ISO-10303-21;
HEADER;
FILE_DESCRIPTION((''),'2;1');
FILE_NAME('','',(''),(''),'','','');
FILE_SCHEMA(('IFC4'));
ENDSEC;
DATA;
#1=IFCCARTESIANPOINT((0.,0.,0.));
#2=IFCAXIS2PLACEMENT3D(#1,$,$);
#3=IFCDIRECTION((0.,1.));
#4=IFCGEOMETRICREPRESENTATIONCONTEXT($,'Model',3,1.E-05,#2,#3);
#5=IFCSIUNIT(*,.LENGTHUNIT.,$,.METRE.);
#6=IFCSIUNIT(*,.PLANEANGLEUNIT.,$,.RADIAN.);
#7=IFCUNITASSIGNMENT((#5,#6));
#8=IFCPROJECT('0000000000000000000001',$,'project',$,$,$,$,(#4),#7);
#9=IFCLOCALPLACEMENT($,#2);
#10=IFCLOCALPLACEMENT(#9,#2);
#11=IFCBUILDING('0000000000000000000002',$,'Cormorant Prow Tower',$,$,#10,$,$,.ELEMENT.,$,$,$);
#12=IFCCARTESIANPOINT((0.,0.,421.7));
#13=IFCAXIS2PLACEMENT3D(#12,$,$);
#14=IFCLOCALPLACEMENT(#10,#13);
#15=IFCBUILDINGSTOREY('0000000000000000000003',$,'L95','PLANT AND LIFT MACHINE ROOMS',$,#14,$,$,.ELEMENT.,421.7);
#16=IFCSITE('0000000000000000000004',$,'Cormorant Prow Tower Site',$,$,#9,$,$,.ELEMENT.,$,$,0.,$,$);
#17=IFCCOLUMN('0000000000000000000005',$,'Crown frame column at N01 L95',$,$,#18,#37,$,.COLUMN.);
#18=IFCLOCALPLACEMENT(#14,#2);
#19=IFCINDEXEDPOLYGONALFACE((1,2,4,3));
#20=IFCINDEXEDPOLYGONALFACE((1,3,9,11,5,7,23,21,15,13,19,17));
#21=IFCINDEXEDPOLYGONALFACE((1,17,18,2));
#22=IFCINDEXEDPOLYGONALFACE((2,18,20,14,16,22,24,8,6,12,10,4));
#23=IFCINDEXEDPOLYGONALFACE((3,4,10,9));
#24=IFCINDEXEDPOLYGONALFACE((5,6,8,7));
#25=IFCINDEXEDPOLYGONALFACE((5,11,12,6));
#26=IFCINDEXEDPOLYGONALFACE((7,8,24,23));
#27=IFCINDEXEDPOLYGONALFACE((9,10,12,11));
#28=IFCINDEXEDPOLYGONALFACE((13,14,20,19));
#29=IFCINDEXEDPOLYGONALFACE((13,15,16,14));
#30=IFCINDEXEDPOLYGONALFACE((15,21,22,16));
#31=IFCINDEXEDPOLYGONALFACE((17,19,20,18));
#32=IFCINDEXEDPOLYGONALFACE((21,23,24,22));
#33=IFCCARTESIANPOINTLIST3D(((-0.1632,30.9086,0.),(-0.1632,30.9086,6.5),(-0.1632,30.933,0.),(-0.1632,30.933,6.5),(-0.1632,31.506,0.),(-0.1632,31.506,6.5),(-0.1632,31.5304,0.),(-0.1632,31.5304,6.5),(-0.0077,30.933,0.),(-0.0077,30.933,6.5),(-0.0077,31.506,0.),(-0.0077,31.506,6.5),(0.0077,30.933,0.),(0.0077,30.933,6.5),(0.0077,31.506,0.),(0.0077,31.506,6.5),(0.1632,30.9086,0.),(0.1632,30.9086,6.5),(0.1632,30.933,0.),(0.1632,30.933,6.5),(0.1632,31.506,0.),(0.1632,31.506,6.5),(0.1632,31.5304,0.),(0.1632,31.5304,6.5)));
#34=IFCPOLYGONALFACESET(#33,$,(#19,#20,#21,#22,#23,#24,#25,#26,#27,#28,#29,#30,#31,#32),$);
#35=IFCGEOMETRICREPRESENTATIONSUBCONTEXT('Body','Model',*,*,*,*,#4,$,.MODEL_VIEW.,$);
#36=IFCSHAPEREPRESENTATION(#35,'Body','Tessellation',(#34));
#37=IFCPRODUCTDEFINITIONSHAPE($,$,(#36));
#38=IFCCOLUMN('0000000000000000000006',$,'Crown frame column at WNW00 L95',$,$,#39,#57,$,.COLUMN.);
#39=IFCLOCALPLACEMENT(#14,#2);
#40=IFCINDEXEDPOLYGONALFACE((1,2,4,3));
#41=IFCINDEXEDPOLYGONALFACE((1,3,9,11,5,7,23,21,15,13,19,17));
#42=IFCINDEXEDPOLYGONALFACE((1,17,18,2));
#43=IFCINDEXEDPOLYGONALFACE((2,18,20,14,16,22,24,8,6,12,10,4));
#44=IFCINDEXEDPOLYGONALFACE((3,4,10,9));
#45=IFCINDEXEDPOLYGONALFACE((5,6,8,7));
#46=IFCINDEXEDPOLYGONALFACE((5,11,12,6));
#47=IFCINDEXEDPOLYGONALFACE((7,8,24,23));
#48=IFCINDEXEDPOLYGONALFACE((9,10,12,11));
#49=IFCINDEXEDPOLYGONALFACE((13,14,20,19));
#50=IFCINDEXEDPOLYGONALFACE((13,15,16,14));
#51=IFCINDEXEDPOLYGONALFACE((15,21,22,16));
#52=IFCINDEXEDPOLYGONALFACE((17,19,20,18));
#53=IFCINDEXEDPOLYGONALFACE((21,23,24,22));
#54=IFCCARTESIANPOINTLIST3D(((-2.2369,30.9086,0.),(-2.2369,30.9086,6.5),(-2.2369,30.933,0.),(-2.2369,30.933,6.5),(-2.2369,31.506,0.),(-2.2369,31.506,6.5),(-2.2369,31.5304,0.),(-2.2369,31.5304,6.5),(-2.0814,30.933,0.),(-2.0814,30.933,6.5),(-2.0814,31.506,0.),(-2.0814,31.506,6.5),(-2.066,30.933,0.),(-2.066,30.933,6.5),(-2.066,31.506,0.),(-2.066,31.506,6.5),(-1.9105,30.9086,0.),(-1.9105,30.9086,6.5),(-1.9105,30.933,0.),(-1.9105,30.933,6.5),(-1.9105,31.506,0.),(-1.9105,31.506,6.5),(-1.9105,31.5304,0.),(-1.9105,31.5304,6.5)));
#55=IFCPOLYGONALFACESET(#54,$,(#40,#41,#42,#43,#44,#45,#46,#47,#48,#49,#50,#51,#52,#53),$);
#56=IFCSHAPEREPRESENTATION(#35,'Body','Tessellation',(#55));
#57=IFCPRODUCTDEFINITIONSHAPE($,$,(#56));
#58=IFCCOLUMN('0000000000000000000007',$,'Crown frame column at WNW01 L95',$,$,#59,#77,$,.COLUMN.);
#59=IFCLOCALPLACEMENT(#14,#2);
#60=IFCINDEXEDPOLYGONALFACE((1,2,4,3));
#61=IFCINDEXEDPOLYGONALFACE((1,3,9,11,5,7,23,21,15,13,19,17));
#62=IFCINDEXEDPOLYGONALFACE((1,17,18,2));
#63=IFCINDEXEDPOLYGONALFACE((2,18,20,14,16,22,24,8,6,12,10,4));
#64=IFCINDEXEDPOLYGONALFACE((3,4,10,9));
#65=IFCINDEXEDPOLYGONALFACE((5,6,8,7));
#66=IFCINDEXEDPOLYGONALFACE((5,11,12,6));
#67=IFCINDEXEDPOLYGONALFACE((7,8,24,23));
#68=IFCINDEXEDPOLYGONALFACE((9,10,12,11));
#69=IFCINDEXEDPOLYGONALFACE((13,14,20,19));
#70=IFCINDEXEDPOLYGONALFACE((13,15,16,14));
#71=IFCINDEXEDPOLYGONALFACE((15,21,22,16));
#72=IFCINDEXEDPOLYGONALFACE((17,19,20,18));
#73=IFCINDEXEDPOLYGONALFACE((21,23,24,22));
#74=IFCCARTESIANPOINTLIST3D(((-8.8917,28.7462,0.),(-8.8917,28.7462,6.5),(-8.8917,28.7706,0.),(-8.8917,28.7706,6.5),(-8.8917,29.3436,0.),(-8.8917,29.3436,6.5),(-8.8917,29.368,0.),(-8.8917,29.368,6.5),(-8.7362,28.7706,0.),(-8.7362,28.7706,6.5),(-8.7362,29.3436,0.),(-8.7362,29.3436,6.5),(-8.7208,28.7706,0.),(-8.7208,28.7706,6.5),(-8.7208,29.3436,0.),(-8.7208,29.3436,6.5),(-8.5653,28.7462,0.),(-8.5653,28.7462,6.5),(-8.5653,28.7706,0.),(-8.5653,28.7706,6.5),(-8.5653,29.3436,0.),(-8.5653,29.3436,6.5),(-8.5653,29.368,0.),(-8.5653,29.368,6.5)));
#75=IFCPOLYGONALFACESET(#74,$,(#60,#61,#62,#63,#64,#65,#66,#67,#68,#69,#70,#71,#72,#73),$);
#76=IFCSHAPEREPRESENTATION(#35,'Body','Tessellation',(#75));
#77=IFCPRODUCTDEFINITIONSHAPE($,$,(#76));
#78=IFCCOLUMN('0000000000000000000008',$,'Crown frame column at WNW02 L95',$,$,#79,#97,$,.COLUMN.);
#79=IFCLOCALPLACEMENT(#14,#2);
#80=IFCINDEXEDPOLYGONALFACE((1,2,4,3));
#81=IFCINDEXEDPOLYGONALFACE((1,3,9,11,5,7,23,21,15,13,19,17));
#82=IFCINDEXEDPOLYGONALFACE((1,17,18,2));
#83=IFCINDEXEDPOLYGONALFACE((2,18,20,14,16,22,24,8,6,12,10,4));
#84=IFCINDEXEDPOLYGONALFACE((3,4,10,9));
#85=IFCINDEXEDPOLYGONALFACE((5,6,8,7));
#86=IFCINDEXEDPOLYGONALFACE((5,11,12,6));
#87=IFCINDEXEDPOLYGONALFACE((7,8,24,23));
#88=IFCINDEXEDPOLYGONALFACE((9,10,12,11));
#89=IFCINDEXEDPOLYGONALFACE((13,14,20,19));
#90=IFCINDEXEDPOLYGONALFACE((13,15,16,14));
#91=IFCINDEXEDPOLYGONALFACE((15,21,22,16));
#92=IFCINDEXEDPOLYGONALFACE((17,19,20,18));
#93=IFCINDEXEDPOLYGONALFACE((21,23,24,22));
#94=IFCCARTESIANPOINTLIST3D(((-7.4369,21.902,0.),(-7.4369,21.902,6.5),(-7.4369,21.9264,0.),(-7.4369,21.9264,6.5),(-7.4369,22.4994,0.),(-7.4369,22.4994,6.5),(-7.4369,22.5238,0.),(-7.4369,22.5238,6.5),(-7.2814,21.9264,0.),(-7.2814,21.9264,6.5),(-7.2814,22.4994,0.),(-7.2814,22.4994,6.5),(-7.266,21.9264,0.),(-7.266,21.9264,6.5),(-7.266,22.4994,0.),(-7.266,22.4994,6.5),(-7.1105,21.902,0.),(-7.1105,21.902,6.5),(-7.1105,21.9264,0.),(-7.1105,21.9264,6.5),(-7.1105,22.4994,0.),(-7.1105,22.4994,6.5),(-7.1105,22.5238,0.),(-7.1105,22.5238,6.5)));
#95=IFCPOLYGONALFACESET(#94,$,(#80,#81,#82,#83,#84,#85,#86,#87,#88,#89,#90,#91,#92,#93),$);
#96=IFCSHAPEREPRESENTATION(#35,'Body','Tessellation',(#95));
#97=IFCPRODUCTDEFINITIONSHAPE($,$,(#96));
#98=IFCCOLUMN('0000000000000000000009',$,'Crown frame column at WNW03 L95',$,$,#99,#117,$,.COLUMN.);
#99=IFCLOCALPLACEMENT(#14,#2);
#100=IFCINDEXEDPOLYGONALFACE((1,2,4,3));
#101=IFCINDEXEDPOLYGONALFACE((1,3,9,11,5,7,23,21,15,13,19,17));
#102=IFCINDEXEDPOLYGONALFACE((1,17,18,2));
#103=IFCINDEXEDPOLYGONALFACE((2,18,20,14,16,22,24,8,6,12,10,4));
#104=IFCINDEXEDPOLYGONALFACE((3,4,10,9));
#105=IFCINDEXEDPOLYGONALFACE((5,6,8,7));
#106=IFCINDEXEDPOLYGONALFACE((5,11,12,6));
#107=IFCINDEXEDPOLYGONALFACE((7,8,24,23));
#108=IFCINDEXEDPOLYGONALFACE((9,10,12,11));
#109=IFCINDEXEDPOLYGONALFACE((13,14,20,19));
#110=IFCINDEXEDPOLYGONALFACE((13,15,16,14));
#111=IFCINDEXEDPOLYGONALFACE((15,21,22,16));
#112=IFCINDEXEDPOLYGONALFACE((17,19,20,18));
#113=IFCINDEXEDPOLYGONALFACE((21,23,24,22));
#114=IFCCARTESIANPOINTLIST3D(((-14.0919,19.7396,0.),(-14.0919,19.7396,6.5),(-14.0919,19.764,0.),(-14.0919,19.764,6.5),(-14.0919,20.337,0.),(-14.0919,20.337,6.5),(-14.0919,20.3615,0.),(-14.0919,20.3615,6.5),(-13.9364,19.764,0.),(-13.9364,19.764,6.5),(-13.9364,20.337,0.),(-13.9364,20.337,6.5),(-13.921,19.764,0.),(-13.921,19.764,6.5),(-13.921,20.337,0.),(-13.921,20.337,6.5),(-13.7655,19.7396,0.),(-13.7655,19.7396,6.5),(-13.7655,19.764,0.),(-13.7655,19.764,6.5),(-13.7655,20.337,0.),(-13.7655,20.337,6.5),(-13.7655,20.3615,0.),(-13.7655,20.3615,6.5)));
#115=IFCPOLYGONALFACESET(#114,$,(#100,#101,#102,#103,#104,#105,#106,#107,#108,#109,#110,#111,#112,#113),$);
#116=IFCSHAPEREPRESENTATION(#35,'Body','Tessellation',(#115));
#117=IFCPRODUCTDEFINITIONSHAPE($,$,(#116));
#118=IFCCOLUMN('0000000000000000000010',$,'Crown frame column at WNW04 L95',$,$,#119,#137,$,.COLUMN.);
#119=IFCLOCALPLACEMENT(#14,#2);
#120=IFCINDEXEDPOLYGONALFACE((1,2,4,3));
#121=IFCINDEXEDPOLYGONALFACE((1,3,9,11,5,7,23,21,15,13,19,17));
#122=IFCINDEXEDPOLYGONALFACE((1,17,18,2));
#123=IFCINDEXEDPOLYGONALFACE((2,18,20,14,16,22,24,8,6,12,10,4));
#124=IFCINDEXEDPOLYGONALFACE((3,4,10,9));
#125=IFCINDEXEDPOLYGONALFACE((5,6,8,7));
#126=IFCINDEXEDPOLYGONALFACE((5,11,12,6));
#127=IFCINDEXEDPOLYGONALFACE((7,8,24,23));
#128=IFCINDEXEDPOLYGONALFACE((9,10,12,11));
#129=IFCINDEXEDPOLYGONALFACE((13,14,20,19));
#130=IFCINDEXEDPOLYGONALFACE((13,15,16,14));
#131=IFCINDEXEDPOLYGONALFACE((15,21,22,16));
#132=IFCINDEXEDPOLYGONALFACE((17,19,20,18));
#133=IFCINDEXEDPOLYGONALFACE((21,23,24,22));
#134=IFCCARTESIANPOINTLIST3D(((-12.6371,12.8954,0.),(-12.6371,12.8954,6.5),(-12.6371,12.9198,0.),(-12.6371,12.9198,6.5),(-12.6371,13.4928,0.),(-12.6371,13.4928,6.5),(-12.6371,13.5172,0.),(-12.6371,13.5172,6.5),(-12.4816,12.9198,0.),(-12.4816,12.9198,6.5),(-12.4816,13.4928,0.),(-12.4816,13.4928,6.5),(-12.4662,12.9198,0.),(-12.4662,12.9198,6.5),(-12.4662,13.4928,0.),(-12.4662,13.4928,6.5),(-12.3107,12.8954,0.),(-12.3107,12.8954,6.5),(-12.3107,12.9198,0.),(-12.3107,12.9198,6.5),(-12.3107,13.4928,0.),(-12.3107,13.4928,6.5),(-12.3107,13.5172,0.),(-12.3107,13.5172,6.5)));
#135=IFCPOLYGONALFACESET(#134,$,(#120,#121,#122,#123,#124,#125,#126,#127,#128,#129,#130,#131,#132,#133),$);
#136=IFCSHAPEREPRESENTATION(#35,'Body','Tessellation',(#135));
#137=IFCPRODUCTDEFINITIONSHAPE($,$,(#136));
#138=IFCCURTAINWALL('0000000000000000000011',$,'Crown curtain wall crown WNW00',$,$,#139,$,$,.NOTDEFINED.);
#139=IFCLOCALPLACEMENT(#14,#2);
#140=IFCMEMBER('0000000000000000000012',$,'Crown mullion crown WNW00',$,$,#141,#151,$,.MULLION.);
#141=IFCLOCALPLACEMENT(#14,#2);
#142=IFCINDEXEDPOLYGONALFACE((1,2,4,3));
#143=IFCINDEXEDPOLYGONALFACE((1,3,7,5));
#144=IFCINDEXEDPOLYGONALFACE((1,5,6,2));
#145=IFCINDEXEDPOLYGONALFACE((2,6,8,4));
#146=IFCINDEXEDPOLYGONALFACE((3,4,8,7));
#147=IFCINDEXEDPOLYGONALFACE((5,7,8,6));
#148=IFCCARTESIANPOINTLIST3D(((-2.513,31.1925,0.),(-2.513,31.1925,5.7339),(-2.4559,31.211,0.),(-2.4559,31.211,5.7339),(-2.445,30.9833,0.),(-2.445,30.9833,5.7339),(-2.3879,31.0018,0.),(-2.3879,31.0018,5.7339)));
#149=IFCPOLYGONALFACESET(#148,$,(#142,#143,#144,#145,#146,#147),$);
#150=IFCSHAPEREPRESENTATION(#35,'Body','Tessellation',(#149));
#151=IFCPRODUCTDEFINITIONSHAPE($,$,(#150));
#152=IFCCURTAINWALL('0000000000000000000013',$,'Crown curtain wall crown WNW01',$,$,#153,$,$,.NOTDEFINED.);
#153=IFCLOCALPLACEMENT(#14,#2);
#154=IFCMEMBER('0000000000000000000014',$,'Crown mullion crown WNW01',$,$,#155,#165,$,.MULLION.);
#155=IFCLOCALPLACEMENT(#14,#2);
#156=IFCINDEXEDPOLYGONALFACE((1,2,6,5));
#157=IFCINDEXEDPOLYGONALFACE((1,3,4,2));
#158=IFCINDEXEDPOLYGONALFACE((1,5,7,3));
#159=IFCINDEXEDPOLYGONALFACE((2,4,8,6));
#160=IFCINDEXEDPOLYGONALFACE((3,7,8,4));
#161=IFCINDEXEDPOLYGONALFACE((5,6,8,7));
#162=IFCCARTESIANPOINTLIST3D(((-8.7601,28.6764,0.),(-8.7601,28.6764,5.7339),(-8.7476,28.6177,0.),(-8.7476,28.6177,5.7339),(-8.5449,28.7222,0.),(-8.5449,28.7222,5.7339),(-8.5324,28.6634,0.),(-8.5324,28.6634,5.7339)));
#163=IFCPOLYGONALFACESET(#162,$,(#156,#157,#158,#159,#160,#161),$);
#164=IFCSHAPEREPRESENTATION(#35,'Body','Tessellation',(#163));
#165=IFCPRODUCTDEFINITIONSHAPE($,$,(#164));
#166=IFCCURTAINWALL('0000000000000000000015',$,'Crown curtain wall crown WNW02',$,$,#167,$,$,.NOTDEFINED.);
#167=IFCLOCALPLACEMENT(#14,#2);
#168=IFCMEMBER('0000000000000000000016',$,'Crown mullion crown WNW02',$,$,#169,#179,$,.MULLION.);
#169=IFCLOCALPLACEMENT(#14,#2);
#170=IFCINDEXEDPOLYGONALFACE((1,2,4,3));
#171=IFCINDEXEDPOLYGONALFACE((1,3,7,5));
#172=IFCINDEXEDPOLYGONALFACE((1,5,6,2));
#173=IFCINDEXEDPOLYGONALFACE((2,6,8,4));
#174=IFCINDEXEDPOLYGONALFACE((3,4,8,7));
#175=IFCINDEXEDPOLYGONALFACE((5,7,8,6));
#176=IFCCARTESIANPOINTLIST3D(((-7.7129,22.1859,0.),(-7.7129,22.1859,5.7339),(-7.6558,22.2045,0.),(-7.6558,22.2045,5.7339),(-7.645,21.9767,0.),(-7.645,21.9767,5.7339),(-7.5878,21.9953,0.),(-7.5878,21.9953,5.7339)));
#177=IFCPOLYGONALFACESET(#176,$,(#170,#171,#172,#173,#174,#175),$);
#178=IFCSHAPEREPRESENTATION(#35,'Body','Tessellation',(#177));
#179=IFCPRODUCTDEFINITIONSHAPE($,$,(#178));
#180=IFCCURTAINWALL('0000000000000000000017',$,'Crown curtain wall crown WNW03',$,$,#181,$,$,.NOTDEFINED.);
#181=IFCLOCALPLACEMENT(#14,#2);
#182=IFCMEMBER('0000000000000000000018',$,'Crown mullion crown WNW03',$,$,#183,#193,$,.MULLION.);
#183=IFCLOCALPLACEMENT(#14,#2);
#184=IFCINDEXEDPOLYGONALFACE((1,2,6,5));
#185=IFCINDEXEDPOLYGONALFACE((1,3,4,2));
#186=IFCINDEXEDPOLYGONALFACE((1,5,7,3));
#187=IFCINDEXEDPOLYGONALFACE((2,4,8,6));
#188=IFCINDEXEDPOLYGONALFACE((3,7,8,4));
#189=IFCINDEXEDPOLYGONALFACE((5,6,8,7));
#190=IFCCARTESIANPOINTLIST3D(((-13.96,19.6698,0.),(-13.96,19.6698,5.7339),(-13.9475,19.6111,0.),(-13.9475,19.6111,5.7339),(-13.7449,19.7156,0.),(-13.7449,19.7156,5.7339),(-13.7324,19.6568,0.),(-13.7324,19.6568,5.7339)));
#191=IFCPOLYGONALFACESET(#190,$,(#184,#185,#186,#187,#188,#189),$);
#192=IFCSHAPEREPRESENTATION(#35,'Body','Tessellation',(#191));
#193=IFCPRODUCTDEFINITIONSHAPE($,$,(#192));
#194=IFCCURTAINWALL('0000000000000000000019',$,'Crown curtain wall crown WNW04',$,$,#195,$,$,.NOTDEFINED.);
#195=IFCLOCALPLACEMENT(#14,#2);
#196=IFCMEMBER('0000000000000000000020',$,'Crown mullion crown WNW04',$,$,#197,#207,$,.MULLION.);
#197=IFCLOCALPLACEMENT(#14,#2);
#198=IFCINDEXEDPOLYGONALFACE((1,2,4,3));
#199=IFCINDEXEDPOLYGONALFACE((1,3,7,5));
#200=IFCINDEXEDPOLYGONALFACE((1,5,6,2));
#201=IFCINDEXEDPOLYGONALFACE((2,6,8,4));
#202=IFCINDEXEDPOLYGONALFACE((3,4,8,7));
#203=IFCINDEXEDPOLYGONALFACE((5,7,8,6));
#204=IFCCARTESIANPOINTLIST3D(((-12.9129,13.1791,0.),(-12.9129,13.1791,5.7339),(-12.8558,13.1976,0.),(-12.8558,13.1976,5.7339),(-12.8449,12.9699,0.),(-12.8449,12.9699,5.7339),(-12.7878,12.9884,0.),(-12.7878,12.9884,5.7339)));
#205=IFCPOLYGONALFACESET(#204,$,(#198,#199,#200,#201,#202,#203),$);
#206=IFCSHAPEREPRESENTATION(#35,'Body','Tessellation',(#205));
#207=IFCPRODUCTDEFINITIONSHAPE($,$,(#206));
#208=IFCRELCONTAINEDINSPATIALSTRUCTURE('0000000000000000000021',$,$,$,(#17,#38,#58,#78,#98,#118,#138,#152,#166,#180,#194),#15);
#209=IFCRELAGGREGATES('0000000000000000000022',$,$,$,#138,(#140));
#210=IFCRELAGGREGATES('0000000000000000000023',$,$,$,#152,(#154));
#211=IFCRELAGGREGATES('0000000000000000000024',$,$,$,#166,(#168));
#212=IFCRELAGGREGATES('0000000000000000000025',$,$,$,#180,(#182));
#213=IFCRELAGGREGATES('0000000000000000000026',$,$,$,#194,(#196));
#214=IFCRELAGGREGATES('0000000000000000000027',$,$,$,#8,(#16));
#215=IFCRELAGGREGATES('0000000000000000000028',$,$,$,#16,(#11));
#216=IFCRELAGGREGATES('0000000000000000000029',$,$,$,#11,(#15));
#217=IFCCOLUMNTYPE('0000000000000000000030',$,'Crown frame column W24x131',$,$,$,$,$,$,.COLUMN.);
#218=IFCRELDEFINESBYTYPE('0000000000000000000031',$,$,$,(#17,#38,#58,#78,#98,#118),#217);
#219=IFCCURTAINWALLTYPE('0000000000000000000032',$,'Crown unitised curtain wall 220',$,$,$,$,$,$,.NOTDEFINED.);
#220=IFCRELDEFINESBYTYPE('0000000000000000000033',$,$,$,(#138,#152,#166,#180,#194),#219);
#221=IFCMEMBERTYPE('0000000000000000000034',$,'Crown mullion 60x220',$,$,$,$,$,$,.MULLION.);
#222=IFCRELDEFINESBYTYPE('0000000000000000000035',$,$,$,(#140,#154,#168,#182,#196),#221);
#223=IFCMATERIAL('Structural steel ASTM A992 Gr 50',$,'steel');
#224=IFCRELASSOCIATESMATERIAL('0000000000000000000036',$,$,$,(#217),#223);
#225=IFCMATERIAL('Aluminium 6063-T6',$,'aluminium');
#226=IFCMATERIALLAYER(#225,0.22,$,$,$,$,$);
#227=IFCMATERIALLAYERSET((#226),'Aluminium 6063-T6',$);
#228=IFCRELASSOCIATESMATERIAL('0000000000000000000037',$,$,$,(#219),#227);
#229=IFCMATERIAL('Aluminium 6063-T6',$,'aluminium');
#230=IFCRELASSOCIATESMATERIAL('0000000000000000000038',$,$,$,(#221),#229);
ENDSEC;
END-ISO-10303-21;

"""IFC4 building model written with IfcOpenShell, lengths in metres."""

from ifc_helpers import new_model, si_unit, direction, frame, origin, origin_2d, place, context, subcontext, project, spatial, rectangle, i_section, extrude, material, layer, layer_set, material_profile, profile_set, type_object, element, aggregate, save


model = new_model("IFC4")

# Units and contexts
model_context = context("Model", 3, precision=1e-05, world=origin(), true_north=direction((0.0, 1.0)))
body_context = subcontext(model_context, "Body", "Model", "MODEL_VIEW")
ifc_project = project(units=[si_unit("LENGTHUNIT", "METRE"), si_unit("PLANEANGLEUNIT", "RADIAN")], contexts=[model_context])

# Site, building, storey
site_placement = place(None, origin())
site = spatial("IfcSite", under=ifc_project, at=site_placement, Name="Cormorant Prow Tower Site", CompositionType="ELEMENT", RefElevation=0.0)
building_placement = place(site_placement, origin())
building = spatial("IfcBuilding", under=site, at=building_placement, Name="Cormorant Prow Tower", CompositionType="ELEMENT")
storey_placement = place(building_placement, frame((0.0, 0.0, 421.7)))
storey = spatial("IfcBuildingStorey", under=building, at=storey_placement, Name="L95", Description="PLANT AND LIFT MACHINE ROOMS", CompositionType="ELEMENT", Elevation=421.7)

# Columns
ifc_material_1 = material(Name="Structural steel ASTM A992 Gr 50", Category="steel")
ifc_material_profile_1 = material_profile(ifc_material_1, i_section(OverallWidth=0.3264, OverallDepth=0.6218, WebThickness=0.0154, FlangeThickness=0.0244, at=origin_2d()), Name="W24x131")
ifc_profile_set_1 = profile_set([ifc_material_profile_1], Name="Structural steel ASTM A992 Gr 50")
column_type = type_object("IfcColumnType", Name="Crown frame column W24x131", PredefinedType="COLUMN", material=ifc_profile_set_1)
for number, where, z_axis, x_axis, name in (
    (1, (0.0, 31.2195, 0.0), (0.0, 0.0, 1.0), (1.0, 0.0, 0.0), "Crown frame column at N01 L95"),
    (2, (-2.0737, 31.2195, 0.0), (0.0, 0.0, 1.0), (1.0, 0.0, 0.0), "Crown frame column at WNW00 L95"),
    (3, (-8.7285, 29.0571, 0.0), (0.0, 0.0, 1.0), (1.0, 0.0, 0.0), "Crown frame column at WNW01 L95"),
    (4, (-7.2737, 22.2129, 0.0), (0.0, 0.0, 1.0), (1.0, 0.0, 0.0), "Crown frame column at WNW02 L95"),
    (5, (-13.9287, 20.0505, 0.0), (0.0, 0.0, 1.0), (1.0, 0.0, 0.0), "Crown frame column at WNW03 L95"),
    (6, (-12.4739, 13.2063, 0.0), (0.0, 0.0, 1.0), (1.0, 0.0, 0.0), "Crown frame column at WNW04 L95"),
):
    element("IfcColumn", number, at=place(storey_placement, frame(where, z_axis=z_axis, x_axis=x_axis)), inside=storey, type_object=column_type, Name=name, PredefinedType="COLUMN", context=body_context, shape_type="SweptSolid", body=[
        extrude(i_section(OverallWidth=0.3264, OverallDepth=0.6218, WebThickness=0.0154, FlangeThickness=0.0244, at=origin_2d()), origin(), (0.0, 0.0, 1.0), 6.5),
    ])

# Curtain walls, members
ifc_material_2 = material(Name="Aluminium 6063-T6", Category="aluminium")
ifc_layer_1 = layer(ifc_material_2, 0.22)
ifc_layer_set_1 = layer_set([ifc_layer_1], Name="Aluminium 6063-T6")
curtain_wall_type = type_object("IfcCurtainWallType", Name="Crown unitised curtain wall 220", PredefinedType="NOTDEFINED", material=ifc_layer_set_1)
curtain_wall_1_placement = place(storey_placement, origin())
curtain_wall_1 = element("IfcCurtainWall", 7, at=curtain_wall_1_placement, inside=storey, type_object=curtain_wall_type, Name="Crown curtain wall crown WNW00", PredefinedType="NOTDEFINED")
ifc_material_3 = material(Name="Aluminium 6063-T6", Category="aluminium")
ifc_material_profile_2 = material_profile(ifc_material_3, rectangle(XDim=0.22, YDim=0.0601, at=origin_2d()), Name="Crown mullion 60x220")
ifc_profile_set_2 = profile_set([ifc_material_profile_2], Name="Aluminium 6063-T6")
member_type_1 = type_object("IfcMemberType", Name="Crown mullion 60x220", PredefinedType="MULLION", material=ifc_profile_set_2)
member_1_placement = place(storey_placement, frame((-2.4504, 31.0972, 0.0), z_axis=(0.0, 0.0, 1.0), x_axis=(0.309017, -0.951056, 0.0)))
member_1 = element("IfcMember", 8, at=member_1_placement, type_object=member_type_1, Name="Crown mullion crown WNW00", PredefinedType="MULLION", context=body_context, shape_type="SweptSolid", body=[
    extrude(rectangle(XDim=0.22, YDim=0.0601, at=origin_2d()), origin(), (0.0, 0.0, 1.0), 5.7339),
])
curtain_wall_2_placement = place(storey_placement, origin())
curtain_wall_2 = element("IfcCurtainWall", 9, at=curtain_wall_2_placement, inside=storey, type_object=curtain_wall_type, Name="Crown curtain wall crown WNW01", PredefinedType="NOTDEFINED")
member_2_placement = place(storey_placement, frame((-8.6462, 28.6699, 0.0), z_axis=(0.0, 0.0, 1.0), x_axis=(0.978148, 0.207912, 0.0)))
member_2 = element("IfcMember", 10, at=member_2_placement, type_object=member_type_1, Name="Crown mullion crown WNW01", PredefinedType="MULLION", context=body_context, shape_type="SweptSolid", body=[
    extrude(rectangle(XDim=0.22, YDim=0.0601, at=origin_2d()), origin(), (0.0, 0.0, 1.0), 5.7339),
])
curtain_wall_3_placement = place(storey_placement, origin())
curtain_wall_3 = element("IfcCurtainWall", 11, at=curtain_wall_3_placement, inside=storey, type_object=curtain_wall_type, Name="Crown curtain wall crown WNW02", PredefinedType="NOTDEFINED")
member_3_placement = place(storey_placement, frame((-7.6504, 22.0906, 0.0), z_axis=(0.0, 0.0, 1.0), x_axis=(0.309017, -0.951057, 0.0)))
member_3 = element("IfcMember", 12, at=member_3_placement, type_object=member_type_1, Name="Crown mullion crown WNW02", PredefinedType="MULLION", context=body_context, shape_type="SweptSolid", body=[
    extrude(rectangle(XDim=0.22, YDim=0.0601, at=origin_2d()), origin(), (0.0, 0.0, 1.0), 5.7339),
])
curtain_wall_4_placement = place(storey_placement, origin())
curtain_wall_4 = element("IfcCurtainWall", 13, at=curtain_wall_4_placement, inside=storey, type_object=curtain_wall_type, Name="Crown curtain wall crown WNW03", PredefinedType="NOTDEFINED")
member_4_placement = place(storey_placement, frame((-13.8462, 19.6633, 0.0), z_axis=(0.0, 0.0, 1.0), x_axis=(0.978148, 0.207912, 0.0)))
member_4 = element("IfcMember", 14, at=member_4_placement, type_object=member_type_1, Name="Crown mullion crown WNW03", PredefinedType="MULLION", context=body_context, shape_type="SweptSolid", body=[
    extrude(rectangle(XDim=0.22, YDim=0.0601, at=origin_2d()), origin(), (0.0, 0.0, 1.0), 5.7339),
])
curtain_wall_5_placement = place(storey_placement, origin())
curtain_wall_5 = element("IfcCurtainWall", 15, at=curtain_wall_5_placement, inside=storey, type_object=curtain_wall_type, Name="Crown curtain wall crown WNW04", PredefinedType="NOTDEFINED")
member_5_placement = place(storey_placement, frame((-12.8503, 13.0837, 0.0), z_axis=(0.0, 0.0, 1.0), x_axis=(0.309017, -0.951056, 0.0)))
member_5 = element("IfcMember", 16, at=member_5_placement, type_object=member_type_1, Name="Crown mullion crown WNW04", PredefinedType="MULLION", context=body_context, shape_type="SweptSolid", body=[
    extrude(rectangle(XDim=0.22, YDim=0.0601, at=origin_2d()), origin(), (0.0, 0.0, 1.0), 5.7339),
])

aggregate(curtain_wall_1, [member_1])
aggregate(curtain_wall_2, [member_2])
aggregate(curtain_wall_3, [member_3])
aggregate(curtain_wall_4, [member_4])
aggregate(curtain_wall_5, [member_5])

save(model, "model.ifc")
